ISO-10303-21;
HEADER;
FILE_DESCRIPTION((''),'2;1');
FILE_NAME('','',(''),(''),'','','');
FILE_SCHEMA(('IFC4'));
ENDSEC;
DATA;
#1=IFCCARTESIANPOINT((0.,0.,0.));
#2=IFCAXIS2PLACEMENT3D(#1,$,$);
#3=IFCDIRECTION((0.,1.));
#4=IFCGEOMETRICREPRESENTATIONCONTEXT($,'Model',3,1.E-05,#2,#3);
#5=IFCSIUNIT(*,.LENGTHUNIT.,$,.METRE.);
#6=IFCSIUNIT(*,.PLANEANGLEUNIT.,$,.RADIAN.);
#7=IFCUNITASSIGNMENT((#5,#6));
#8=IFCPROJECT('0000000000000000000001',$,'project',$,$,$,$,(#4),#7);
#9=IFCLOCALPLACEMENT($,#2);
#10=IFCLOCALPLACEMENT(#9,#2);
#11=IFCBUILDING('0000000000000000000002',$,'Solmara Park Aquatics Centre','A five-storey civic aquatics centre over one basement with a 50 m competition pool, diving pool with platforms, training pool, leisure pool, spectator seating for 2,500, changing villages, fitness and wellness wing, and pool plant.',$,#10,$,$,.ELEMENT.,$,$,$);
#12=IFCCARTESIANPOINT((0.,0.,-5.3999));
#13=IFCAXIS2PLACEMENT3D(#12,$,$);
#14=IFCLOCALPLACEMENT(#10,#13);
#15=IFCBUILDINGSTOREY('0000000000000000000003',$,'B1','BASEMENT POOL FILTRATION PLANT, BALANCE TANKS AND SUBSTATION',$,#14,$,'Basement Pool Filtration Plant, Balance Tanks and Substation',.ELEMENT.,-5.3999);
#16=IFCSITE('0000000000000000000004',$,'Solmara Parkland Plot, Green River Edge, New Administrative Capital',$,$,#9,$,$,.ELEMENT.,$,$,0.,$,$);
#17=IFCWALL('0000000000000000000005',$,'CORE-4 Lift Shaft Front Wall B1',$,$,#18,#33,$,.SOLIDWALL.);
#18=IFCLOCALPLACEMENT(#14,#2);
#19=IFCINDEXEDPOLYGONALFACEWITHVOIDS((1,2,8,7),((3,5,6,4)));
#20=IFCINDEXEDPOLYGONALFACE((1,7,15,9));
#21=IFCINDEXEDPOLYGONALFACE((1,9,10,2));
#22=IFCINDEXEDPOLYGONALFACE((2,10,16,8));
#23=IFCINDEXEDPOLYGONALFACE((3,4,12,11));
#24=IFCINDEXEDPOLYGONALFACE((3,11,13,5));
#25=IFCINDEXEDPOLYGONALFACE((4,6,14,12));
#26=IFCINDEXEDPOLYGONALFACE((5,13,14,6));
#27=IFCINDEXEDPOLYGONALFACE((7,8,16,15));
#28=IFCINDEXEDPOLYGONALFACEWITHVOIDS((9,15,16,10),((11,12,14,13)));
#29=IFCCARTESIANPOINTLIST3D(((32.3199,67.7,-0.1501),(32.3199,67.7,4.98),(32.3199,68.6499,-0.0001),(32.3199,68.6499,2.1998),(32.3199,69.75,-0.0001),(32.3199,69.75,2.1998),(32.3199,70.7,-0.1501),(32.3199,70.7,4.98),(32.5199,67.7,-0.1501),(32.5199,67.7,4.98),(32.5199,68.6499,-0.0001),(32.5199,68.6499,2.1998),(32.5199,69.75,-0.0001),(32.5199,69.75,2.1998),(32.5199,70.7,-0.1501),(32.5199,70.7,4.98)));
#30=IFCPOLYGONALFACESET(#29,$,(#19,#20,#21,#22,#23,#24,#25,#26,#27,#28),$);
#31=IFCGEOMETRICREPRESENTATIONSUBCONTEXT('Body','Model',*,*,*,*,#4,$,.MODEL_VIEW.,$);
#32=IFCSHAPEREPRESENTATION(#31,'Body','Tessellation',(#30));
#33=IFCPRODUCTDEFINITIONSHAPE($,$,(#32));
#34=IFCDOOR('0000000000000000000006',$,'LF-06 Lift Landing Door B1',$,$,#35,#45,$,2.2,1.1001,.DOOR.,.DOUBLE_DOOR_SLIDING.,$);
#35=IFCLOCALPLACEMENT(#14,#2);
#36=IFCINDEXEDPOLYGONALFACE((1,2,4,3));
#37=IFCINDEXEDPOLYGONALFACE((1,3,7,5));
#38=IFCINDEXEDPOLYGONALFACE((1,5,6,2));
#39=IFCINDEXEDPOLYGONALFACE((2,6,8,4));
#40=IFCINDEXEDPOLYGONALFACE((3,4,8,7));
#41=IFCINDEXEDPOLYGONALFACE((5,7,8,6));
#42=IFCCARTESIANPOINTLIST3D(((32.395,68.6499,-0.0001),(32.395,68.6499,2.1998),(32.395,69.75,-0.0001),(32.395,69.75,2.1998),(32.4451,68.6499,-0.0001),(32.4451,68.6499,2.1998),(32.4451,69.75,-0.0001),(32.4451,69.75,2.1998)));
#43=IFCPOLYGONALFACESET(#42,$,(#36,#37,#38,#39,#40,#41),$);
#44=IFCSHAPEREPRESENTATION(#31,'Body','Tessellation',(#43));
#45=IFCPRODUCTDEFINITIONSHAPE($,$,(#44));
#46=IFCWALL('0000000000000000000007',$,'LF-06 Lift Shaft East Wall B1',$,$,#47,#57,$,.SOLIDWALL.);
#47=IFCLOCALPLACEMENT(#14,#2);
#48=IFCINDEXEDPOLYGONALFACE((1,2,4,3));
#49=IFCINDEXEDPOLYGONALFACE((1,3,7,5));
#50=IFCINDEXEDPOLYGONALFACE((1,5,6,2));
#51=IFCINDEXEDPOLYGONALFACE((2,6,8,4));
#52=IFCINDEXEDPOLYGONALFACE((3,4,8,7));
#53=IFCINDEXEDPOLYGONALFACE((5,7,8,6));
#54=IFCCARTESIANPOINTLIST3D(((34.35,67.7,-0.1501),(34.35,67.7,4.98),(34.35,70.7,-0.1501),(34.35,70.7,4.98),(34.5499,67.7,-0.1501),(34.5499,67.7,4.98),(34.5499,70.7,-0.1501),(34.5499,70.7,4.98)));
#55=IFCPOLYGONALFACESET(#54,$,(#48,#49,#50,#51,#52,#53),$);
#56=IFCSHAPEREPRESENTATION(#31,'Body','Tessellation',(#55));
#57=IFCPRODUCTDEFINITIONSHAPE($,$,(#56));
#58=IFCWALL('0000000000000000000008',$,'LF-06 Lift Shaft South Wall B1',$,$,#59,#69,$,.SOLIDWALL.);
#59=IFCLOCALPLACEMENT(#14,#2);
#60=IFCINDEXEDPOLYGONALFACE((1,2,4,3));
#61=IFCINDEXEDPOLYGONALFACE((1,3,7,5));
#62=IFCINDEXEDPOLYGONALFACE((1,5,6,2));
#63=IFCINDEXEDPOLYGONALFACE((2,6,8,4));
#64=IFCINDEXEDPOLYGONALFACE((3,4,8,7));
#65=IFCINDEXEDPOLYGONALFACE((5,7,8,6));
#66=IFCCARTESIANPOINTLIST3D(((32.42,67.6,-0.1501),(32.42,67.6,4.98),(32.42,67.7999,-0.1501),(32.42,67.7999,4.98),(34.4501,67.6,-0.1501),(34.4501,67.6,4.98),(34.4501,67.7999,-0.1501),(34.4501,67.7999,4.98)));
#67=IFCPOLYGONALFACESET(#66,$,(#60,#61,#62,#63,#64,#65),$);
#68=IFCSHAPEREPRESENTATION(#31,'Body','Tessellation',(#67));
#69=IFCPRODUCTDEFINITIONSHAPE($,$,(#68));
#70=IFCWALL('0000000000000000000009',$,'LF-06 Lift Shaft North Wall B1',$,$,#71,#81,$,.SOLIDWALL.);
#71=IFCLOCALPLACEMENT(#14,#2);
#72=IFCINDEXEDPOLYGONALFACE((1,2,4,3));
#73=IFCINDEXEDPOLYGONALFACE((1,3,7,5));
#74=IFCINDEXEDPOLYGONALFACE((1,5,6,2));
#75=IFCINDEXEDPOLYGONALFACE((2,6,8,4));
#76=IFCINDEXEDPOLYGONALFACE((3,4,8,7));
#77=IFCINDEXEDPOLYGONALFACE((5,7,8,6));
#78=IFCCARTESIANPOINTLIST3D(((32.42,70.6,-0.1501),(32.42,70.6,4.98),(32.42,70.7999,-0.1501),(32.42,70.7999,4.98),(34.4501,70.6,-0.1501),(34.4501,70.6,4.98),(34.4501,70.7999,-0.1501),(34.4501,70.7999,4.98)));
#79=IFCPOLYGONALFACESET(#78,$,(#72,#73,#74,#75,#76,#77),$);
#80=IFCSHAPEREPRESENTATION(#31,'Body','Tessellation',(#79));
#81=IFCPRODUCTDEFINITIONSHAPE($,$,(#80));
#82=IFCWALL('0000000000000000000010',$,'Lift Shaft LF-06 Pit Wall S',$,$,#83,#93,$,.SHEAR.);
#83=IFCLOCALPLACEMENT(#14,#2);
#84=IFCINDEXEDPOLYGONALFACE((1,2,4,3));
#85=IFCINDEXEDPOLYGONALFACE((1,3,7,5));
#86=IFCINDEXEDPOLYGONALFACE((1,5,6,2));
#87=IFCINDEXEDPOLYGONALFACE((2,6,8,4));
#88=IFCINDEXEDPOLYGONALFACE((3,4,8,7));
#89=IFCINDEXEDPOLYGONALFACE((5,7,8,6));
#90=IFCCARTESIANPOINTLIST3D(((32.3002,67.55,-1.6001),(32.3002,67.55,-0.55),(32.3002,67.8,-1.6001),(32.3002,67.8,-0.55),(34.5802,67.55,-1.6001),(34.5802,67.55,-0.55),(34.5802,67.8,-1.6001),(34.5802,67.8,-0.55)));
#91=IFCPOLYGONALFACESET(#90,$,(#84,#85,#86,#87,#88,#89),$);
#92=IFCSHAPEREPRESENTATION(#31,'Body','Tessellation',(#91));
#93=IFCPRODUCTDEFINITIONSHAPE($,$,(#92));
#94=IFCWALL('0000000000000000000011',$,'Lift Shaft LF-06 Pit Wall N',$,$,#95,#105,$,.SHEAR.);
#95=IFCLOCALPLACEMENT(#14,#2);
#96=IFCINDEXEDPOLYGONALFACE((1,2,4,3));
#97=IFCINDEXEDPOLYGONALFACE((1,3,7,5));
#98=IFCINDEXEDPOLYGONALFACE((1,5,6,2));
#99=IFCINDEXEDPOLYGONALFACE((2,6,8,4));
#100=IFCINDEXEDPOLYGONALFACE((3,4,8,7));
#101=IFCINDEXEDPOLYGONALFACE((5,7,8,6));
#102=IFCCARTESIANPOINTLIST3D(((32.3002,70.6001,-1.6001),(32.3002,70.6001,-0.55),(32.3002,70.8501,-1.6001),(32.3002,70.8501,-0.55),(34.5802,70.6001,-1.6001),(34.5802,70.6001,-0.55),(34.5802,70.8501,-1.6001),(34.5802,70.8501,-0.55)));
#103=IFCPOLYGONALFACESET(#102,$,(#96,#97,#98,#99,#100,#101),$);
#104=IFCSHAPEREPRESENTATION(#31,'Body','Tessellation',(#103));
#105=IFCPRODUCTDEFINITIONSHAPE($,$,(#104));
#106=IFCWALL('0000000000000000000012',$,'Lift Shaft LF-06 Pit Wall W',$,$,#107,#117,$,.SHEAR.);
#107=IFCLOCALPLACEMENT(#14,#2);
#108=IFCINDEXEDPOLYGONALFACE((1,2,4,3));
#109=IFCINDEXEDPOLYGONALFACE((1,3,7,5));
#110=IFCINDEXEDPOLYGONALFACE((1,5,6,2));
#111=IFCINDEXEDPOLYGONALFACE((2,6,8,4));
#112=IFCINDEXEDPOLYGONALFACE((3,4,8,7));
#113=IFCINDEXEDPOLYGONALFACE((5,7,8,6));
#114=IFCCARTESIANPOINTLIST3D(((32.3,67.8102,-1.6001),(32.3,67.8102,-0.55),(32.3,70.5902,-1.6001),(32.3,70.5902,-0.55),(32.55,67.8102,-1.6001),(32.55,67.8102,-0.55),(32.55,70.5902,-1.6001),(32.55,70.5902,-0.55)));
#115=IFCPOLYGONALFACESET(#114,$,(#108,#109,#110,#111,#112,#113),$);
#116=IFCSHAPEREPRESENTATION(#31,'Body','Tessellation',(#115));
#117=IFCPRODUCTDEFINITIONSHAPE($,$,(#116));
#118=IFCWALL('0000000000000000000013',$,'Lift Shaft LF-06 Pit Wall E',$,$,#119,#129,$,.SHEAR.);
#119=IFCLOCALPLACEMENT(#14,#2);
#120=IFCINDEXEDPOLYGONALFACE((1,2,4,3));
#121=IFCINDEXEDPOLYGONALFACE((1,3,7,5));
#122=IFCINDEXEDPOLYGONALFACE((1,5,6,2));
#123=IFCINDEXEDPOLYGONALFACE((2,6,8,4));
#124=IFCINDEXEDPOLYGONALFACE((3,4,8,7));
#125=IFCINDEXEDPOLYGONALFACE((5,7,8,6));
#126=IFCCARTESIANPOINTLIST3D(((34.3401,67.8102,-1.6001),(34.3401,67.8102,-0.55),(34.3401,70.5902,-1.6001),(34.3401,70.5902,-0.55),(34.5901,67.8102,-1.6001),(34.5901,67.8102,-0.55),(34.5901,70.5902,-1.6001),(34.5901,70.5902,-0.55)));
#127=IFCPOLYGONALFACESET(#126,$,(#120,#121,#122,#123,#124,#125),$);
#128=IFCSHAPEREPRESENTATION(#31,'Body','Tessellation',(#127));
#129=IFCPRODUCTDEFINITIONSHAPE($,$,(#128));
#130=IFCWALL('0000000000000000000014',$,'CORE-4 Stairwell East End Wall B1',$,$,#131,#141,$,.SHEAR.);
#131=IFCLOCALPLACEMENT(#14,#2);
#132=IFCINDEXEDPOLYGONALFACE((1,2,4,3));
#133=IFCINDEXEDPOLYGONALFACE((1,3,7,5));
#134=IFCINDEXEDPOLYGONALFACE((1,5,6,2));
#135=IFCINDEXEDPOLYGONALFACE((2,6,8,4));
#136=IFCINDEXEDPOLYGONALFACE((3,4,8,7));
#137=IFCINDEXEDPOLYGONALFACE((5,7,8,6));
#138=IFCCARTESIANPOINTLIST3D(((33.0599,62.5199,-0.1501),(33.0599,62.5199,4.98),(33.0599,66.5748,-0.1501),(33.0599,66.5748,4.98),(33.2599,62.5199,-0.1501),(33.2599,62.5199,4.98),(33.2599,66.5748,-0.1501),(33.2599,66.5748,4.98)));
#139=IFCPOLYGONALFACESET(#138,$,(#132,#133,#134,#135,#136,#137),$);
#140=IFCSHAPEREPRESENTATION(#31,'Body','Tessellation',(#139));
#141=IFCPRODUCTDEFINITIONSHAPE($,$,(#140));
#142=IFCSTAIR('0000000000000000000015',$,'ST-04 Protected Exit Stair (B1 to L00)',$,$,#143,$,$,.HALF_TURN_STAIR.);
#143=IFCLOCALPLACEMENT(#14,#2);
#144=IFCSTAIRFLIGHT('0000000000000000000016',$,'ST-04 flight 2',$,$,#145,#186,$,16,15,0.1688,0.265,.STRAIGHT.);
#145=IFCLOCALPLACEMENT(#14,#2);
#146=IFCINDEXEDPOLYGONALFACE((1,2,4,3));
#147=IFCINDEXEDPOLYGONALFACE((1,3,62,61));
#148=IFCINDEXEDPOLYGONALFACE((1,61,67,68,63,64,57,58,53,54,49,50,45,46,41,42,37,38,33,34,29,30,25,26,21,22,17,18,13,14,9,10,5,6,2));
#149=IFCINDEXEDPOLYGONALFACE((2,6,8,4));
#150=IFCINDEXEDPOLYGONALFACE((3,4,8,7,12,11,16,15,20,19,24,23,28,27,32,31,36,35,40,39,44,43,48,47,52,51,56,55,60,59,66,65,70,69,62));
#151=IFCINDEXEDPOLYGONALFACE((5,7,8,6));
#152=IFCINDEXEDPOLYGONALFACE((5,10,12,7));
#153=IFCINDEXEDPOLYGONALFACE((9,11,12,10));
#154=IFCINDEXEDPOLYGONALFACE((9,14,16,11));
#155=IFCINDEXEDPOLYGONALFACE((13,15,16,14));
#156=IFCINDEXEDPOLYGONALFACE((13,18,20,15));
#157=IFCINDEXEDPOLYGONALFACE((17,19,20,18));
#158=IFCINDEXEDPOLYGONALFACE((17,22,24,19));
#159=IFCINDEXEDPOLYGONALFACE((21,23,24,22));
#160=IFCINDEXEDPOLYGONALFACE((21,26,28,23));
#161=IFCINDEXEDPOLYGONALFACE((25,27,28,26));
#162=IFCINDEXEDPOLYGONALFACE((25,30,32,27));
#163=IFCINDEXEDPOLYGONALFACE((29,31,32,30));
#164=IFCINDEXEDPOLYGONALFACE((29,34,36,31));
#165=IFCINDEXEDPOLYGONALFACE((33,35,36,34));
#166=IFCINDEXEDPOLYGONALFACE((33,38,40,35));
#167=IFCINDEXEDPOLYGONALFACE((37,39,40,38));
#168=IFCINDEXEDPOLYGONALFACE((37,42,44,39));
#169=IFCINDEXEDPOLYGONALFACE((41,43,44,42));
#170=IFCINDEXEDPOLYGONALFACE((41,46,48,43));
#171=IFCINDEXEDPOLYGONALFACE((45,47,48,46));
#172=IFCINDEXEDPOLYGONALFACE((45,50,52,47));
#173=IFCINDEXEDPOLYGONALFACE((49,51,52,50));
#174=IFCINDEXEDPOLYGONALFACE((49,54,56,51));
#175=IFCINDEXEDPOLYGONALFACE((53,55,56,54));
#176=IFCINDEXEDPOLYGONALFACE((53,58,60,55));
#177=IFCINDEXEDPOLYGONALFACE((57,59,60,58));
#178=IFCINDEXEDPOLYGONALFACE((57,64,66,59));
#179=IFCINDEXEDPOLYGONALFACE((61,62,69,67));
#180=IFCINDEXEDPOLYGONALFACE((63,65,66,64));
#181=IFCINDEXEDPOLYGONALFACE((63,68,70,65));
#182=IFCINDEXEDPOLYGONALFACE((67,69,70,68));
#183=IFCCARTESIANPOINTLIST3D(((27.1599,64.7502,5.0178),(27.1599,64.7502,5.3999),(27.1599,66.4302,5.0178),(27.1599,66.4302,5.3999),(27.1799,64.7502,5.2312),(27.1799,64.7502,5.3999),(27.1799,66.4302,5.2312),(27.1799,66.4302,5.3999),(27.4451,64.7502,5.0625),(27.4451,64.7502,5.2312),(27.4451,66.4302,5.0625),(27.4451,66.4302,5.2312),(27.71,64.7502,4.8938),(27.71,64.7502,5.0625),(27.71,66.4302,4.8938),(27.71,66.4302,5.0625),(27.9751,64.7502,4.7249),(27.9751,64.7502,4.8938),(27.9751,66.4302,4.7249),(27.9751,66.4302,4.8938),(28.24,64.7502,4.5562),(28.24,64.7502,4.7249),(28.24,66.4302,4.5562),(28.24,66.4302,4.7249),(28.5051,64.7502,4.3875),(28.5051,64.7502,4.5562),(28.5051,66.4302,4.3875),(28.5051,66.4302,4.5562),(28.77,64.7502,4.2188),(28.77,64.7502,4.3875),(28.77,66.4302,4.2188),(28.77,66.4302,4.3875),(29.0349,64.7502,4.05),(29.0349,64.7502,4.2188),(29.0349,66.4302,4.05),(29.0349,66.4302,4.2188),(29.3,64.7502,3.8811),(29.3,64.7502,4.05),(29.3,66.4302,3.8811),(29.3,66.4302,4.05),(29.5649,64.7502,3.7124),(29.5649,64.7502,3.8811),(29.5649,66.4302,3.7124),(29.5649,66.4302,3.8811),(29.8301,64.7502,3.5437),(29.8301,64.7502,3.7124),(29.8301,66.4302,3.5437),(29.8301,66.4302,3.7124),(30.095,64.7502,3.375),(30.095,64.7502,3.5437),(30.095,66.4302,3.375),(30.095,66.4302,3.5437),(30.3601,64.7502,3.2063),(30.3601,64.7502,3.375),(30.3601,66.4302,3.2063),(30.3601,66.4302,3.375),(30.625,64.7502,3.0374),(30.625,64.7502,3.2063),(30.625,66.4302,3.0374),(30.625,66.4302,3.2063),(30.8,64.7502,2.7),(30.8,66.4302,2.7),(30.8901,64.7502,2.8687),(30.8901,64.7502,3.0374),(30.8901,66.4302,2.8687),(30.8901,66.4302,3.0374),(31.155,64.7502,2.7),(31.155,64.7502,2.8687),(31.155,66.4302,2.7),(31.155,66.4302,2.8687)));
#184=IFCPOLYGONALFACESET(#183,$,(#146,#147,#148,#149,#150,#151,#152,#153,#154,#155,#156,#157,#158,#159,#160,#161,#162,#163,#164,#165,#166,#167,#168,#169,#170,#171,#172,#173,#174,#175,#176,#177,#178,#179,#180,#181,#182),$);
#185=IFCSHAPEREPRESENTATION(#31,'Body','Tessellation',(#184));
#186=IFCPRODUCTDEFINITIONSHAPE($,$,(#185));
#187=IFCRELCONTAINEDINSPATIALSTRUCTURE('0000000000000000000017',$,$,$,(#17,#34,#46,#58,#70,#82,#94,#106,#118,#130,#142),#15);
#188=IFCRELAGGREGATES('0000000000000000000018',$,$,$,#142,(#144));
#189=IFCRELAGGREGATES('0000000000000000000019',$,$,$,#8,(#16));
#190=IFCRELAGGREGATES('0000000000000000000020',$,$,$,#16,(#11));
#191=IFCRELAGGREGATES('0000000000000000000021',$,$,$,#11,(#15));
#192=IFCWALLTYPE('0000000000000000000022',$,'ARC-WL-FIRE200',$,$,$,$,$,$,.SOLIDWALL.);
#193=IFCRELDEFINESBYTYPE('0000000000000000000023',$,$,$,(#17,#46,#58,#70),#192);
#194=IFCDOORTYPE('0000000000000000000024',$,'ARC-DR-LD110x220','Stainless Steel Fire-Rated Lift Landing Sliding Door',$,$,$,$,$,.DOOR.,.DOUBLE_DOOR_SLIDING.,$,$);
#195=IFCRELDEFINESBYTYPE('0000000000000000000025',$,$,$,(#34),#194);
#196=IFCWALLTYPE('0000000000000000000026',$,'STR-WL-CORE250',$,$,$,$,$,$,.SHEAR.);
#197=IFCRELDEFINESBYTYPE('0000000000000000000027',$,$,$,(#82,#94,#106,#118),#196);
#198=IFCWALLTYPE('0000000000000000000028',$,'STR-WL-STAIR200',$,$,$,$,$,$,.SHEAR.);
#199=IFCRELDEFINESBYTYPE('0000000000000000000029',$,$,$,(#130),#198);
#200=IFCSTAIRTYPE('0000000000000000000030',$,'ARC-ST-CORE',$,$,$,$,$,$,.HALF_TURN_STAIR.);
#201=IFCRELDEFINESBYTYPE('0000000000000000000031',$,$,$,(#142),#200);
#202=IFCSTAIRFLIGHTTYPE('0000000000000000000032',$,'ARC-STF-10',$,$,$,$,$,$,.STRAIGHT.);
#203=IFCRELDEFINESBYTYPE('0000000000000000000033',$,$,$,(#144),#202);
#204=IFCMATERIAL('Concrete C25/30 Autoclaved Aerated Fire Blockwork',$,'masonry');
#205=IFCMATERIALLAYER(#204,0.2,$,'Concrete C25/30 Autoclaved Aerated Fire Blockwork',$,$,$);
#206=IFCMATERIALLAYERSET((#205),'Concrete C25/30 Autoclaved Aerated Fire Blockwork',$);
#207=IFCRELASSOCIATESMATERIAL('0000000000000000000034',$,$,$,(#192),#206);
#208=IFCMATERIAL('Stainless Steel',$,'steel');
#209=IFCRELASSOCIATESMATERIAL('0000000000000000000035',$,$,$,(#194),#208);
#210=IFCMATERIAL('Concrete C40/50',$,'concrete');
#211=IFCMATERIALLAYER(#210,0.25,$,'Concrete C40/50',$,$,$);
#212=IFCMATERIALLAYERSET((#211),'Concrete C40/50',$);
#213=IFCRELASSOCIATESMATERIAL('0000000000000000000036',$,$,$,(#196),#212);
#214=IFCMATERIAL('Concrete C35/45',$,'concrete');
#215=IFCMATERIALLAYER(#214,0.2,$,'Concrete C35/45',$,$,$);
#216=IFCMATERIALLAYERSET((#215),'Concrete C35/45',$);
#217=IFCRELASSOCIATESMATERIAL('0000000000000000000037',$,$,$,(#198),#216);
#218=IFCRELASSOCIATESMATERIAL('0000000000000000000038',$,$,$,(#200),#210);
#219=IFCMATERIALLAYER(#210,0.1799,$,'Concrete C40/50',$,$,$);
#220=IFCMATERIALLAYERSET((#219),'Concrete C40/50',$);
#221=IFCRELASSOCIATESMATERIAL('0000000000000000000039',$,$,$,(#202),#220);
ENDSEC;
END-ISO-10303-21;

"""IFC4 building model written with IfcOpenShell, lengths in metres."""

from ifc_helpers import new_model, si_unit, direction, frame, frame_2d, origin, place, context, subcontext, project, spatial, polyline, rectangle, outline, extrude, material, layer, layer_set, type_object, element, fill, aggregate, save


model = new_model("IFC4")

# Units and contexts
model_context = context("Model", 3, precision=1e-05, world=origin(), true_north=direction((0.0, 1.0)))
body_context = subcontext(model_context, "Body", "Model", "MODEL_VIEW")
ifc_project = project(units=[si_unit("LENGTHUNIT", "METRE"), si_unit("PLANEANGLEUNIT", "RADIAN")], contexts=[model_context])

# Site, building, storey
site_placement = place(None, origin())
site = spatial("IfcSite", under=ifc_project, at=site_placement, Name="Solmara Parkland Plot, Green River Edge, New Administrative Capital", CompositionType="ELEMENT", RefElevation=0.0)
building_placement = place(site_placement, origin())
building = spatial("IfcBuilding", under=site, at=building_placement, Name="Solmara Park Aquatics Centre", Description="A five-storey civic aquatics centre over one basement with a 50 m competition pool, diving pool with platforms, training pool, leisure pool, spectator seating for 2,500, changing villages, fitness and wellness wing, and pool plant.", CompositionType="ELEMENT")
storey_placement = place(building_placement, frame((0.0, 0.0, -5.3999)))
storey = spatial("IfcBuildingStorey", under=building, at=storey_placement, Name="B1", Description="BASEMENT POOL FILTRATION PLANT, BALANCE TANKS AND SUBSTATION", LongName="Basement Pool Filtration Plant, Balance Tanks and Substation", CompositionType="ELEMENT", Elevation=-5.3999)

# Wall, opening, door
ifc_material_1 = material(Name="Concrete C25/30 Autoclaved Aerated Fire Blockwork", Category="masonry")
ifc_layer_1 = layer(ifc_material_1, 0.2, Name="Concrete C25/30 Autoclaved Aerated Fire Blockwork")
ifc_layer_set_1 = layer_set([ifc_layer_1], Name="Concrete C25/30 Autoclaved Aerated Fire Blockwork")
wall_type_1 = type_object("IfcWallType", Name="ARC-WL-FIRE200", PredefinedType="SOLIDWALL", material=ifc_layer_set_1)
wall_1_placement = place(storey_placement, frame((32.4199, 67.7, -0.1501), z_axis=(0.0, 0.0, 1.0), x_axis=(0.0, 1.0, 0.0)))
wall_1 = element("IfcWall", 1, at=wall_1_placement, inside=storey, type_object=wall_type_1, Name="CORE-4 Lift Shaft Front Wall B1", PredefinedType="SOLIDWALL", context=body_context, shape_type="SweptSolid", body=[
    extrude(rectangle(XDim=3.0, YDim=0.2, at=frame_2d((1.5, 0.0))), origin(), (0.0, 0.0, 1.0), 5.1301),
])
opening_placement = place(wall_1_placement, frame((0.95, 0.0, 0.1499)))
opening = element("IfcOpeningElement", 2, at=opening_placement, cuts=wall_1, PredefinedType="OPENING", context=body_context, shape_type="SweptSolid", body=[
    extrude(rectangle(XDim=1.1001, YDim=2.2, at=frame_2d((0.55, 1.1001))), frame((0.0, 0.1099, 0.0), z_axis=(0.0, -1.0, 0.0), x_axis=(1.0, 0.0, 0.0)), (0.0, 0.0, 1.0), 0.22),
])
ifc_material_2 = material(Name="Stainless Steel", Category="steel")
door_type = type_object("IfcDoorType", Name="ARC-DR-LD110x220", Description="Stainless Steel Fire-Rated Lift Landing Sliding Door", OperationType="DOUBLE_DOOR_SLIDING", PredefinedType="DOOR", material=ifc_material_2)
door_placement = place(opening_placement, origin())
door = element("IfcDoor", 3, at=door_placement, inside=storey, type_object=door_type, Name="LF-06 Lift Landing Door B1", OperationType="DOUBLE_DOOR_SLIDING", OverallHeight=2.2, OverallWidth=1.1001, PredefinedType="DOOR", context=body_context, shape_type="SweptSolid", body=[
    extrude(rectangle(XDim=1.1001, YDim=2.2, at=frame_2d((0.55, 1.1001))), frame((0.0, 0.0249, 0.0), z_axis=(0.0, -1.0, 0.0), x_axis=(1.0, 0.0, 0.0)), (0.0, 0.0, 1.0), 0.05),
])
fill(opening, door)

# Walls
wall_2_placement = place(storey_placement, frame((34.45, 67.7, -0.1501), z_axis=(0.0, 0.0, 1.0), x_axis=(0.0, 1.0, 0.0)))
element("IfcWall", 4, at=wall_2_placement, inside=storey, type_object=wall_type_1, Name="LF-06 Lift Shaft East Wall B1", PredefinedType="SOLIDWALL", context=body_context, shape_type="SweptSolid", body=[
    extrude(rectangle(XDim=3.0, YDim=0.2, at=frame_2d((1.5, 0.0))), origin(), (0.0, 0.0, 1.0), 5.1301),
])
for number, where, z_axis, x_axis, name in (
    (5, (32.4199, 67.7, -0.1501), (0.0, 0.0, 1.0), (1.0, 0.0, 0.0), "LF-06 Lift Shaft South Wall B1"),
    (6, (32.4199, 70.7, -0.1501), (0.0, 0.0, 1.0), (1.0, 0.0, 0.0), "LF-06 Lift Shaft North Wall B1"),
):
    element("IfcWall", number, at=place(storey_placement, frame(where, z_axis=z_axis, x_axis=x_axis)), inside=storey, type_object=wall_type_1, Name=name, PredefinedType="SOLIDWALL", context=body_context, shape_type="SweptSolid", body=[
        extrude(rectangle(XDim=2.03, YDim=0.2, at=frame_2d((1.0151, 0.0))), origin(), (0.0, 0.0, 1.0), 5.1301),
    ])
ifc_material_3 = material(Name="Concrete C40/50", Category="concrete")
ifc_layer_2 = layer(ifc_material_3, 0.25, Name="Concrete C40/50")
ifc_layer_set_2 = layer_set([ifc_layer_2], Name="Concrete C40/50")
wall_type_2 = type_object("IfcWallType", Name="STR-WL-CORE250", PredefinedType="SHEAR", material=ifc_layer_set_2)
for number, where, z_axis, x_axis, name in (
    (7, (32.3, 67.675, -1.6001), (0.0, 0.0, 1.0), (1.0, 0.0, 0.0), "Lift Shaft LF-06 Pit Wall S"),
    (8, (32.3, 70.7251, -1.6001), (0.0, 0.0, 1.0), (1.0, 0.0, 0.0), "Lift Shaft LF-06 Pit Wall N"),
):
    element("IfcWall", number, at=place(storey_placement, frame(where, z_axis=z_axis, x_axis=x_axis)), inside=storey, type_object=wall_type_2, Name=name, PredefinedType="SHEAR", context=body_context, shape_type="SweptSolid", body=[
        extrude(rectangle(XDim=2.28, YDim=0.25, at=frame_2d((1.1401, 0.0))), origin(), (0.0, 0.0, 1.0), 1.05),
    ])
for number, where, z_axis, x_axis, name in (
    (9, (32.425, 67.8101, -1.6001), (0.0, 0.0, 1.0), (0.0, 1.0, 0.0), "Lift Shaft LF-06 Pit Wall W"),
    (10, (34.4651, 67.8101, -1.6001), (0.0, 0.0, 1.0), (0.0, 1.0, 0.0), "Lift Shaft LF-06 Pit Wall E"),
):
    element("IfcWall", number, at=place(storey_placement, frame(where, z_axis=z_axis, x_axis=x_axis)), inside=storey, type_object=wall_type_2, Name=name, PredefinedType="SHEAR", context=body_context, shape_type="SweptSolid", body=[
        extrude(rectangle(XDim=2.78, YDim=0.25, at=frame_2d((1.3901, 0.0))), origin(), (0.0, 0.0, 1.0), 1.05),
    ])
ifc_material_4 = material(Name="Concrete C35/45", Category="concrete")
ifc_layer_3 = layer(ifc_material_4, 0.2, Name="Concrete C35/45")
ifc_layer_set_3 = layer_set([ifc_layer_3], Name="Concrete C35/45")
wall_type_3 = type_object("IfcWallType", Name="STR-WL-STAIR200", PredefinedType="SHEAR", material=ifc_layer_set_3)
wall_3_placement = place(storey_placement, frame((33.1599, 62.52, -0.1501), z_axis=(0.0, 0.0, 1.0), x_axis=(0.0, 1.0, 0.0)))
element("IfcWall", 11, at=wall_3_placement, inside=storey, type_object=wall_type_3, Name="CORE-4 Stairwell East End Wall B1", PredefinedType="SHEAR", context=body_context, shape_type="SweptSolid", body=[
    extrude(rectangle(XDim=4.0549, YDim=0.2, at=frame_2d((2.0273, 0.0))), origin(), (0.0, 0.0, 1.0), 5.1301),
])

# Stair, stair flight
stair_type = type_object("IfcStairType", Name="ARC-ST-CORE", PredefinedType="HALF_TURN_STAIR", material=ifc_material_3)
stair_placement = place(storey_placement, origin())
stair = element("IfcStair", 12, at=stair_placement, inside=storey, type_object=stair_type, Name="ST-04 Protected Exit Stair (B1 to L00)", PredefinedType="HALF_TURN_STAIR")
ifc_layer_4 = layer(ifc_material_3, 0.1799, Name="Concrete C40/50")
ifc_layer_set_4 = layer_set([ifc_layer_4], Name="Concrete C40/50")
stair_flight_type = type_object("IfcStairFlightType", Name="ARC-STF-10", PredefinedType="STRAIGHT", material=ifc_layer_set_4)
stair_flight_placement = place(storey_placement, frame((31.155, 65.5901, 2.7), z_axis=(0.0, 0.0, 1.0), x_axis=(-1.0, 0.0, 0.0)))
stair_flight = element("IfcStairFlight", 13, at=stair_flight_placement, type_object=stair_flight_type, Name="ST-04 flight 2", NumberOfRisers=16, NumberOfTreads=15, PredefinedType="STRAIGHT", RiserHeight=0.1688, TreadLength=0.265, context=body_context, shape_type="SweptSolid", body=[
    extrude(outline(polyline([(0.0, 0.0), (0.0, 0.1687), (0.2649, 0.1687), (0.2649, 0.3374), (0.53, 0.3374), (0.53, 0.5063), (0.7949, 0.5063), (0.7949, 0.675), (1.0601, 0.675), (1.0601, 0.8438), (1.325, 0.8438), (1.325, 1.0125), (1.5901, 1.0125), (1.5901, 1.1812), (1.855, 1.1812), (1.855, 1.3501), (2.1201, 1.3501), (2.1201, 1.5188), (2.385, 1.5188), (2.385, 1.6875), (2.6499, 1.6875), (2.6499, 1.8562), (2.915, 1.8562), (2.915, 2.0249), (3.1799, 2.0249), (3.1799, 2.1938), (3.4451, 2.1938), (3.4451, 2.3625), (3.71, 2.3625), (3.71, 2.5312), (3.9751, 2.5312), (3.9751, 2.7), (3.9951, 2.7), (3.9951, 2.3179), (0.355, 0.0), (0.0, 0.0)])), frame((0.0, 0.8398, 0.0), z_axis=(0.0, -1.0, 0.0), x_axis=(1.0, 0.0, 0.0)), (0.0, 0.0, 1.0), 1.6799),
])
aggregate(stair, [stair_flight])

save(model, "model.ifc")
